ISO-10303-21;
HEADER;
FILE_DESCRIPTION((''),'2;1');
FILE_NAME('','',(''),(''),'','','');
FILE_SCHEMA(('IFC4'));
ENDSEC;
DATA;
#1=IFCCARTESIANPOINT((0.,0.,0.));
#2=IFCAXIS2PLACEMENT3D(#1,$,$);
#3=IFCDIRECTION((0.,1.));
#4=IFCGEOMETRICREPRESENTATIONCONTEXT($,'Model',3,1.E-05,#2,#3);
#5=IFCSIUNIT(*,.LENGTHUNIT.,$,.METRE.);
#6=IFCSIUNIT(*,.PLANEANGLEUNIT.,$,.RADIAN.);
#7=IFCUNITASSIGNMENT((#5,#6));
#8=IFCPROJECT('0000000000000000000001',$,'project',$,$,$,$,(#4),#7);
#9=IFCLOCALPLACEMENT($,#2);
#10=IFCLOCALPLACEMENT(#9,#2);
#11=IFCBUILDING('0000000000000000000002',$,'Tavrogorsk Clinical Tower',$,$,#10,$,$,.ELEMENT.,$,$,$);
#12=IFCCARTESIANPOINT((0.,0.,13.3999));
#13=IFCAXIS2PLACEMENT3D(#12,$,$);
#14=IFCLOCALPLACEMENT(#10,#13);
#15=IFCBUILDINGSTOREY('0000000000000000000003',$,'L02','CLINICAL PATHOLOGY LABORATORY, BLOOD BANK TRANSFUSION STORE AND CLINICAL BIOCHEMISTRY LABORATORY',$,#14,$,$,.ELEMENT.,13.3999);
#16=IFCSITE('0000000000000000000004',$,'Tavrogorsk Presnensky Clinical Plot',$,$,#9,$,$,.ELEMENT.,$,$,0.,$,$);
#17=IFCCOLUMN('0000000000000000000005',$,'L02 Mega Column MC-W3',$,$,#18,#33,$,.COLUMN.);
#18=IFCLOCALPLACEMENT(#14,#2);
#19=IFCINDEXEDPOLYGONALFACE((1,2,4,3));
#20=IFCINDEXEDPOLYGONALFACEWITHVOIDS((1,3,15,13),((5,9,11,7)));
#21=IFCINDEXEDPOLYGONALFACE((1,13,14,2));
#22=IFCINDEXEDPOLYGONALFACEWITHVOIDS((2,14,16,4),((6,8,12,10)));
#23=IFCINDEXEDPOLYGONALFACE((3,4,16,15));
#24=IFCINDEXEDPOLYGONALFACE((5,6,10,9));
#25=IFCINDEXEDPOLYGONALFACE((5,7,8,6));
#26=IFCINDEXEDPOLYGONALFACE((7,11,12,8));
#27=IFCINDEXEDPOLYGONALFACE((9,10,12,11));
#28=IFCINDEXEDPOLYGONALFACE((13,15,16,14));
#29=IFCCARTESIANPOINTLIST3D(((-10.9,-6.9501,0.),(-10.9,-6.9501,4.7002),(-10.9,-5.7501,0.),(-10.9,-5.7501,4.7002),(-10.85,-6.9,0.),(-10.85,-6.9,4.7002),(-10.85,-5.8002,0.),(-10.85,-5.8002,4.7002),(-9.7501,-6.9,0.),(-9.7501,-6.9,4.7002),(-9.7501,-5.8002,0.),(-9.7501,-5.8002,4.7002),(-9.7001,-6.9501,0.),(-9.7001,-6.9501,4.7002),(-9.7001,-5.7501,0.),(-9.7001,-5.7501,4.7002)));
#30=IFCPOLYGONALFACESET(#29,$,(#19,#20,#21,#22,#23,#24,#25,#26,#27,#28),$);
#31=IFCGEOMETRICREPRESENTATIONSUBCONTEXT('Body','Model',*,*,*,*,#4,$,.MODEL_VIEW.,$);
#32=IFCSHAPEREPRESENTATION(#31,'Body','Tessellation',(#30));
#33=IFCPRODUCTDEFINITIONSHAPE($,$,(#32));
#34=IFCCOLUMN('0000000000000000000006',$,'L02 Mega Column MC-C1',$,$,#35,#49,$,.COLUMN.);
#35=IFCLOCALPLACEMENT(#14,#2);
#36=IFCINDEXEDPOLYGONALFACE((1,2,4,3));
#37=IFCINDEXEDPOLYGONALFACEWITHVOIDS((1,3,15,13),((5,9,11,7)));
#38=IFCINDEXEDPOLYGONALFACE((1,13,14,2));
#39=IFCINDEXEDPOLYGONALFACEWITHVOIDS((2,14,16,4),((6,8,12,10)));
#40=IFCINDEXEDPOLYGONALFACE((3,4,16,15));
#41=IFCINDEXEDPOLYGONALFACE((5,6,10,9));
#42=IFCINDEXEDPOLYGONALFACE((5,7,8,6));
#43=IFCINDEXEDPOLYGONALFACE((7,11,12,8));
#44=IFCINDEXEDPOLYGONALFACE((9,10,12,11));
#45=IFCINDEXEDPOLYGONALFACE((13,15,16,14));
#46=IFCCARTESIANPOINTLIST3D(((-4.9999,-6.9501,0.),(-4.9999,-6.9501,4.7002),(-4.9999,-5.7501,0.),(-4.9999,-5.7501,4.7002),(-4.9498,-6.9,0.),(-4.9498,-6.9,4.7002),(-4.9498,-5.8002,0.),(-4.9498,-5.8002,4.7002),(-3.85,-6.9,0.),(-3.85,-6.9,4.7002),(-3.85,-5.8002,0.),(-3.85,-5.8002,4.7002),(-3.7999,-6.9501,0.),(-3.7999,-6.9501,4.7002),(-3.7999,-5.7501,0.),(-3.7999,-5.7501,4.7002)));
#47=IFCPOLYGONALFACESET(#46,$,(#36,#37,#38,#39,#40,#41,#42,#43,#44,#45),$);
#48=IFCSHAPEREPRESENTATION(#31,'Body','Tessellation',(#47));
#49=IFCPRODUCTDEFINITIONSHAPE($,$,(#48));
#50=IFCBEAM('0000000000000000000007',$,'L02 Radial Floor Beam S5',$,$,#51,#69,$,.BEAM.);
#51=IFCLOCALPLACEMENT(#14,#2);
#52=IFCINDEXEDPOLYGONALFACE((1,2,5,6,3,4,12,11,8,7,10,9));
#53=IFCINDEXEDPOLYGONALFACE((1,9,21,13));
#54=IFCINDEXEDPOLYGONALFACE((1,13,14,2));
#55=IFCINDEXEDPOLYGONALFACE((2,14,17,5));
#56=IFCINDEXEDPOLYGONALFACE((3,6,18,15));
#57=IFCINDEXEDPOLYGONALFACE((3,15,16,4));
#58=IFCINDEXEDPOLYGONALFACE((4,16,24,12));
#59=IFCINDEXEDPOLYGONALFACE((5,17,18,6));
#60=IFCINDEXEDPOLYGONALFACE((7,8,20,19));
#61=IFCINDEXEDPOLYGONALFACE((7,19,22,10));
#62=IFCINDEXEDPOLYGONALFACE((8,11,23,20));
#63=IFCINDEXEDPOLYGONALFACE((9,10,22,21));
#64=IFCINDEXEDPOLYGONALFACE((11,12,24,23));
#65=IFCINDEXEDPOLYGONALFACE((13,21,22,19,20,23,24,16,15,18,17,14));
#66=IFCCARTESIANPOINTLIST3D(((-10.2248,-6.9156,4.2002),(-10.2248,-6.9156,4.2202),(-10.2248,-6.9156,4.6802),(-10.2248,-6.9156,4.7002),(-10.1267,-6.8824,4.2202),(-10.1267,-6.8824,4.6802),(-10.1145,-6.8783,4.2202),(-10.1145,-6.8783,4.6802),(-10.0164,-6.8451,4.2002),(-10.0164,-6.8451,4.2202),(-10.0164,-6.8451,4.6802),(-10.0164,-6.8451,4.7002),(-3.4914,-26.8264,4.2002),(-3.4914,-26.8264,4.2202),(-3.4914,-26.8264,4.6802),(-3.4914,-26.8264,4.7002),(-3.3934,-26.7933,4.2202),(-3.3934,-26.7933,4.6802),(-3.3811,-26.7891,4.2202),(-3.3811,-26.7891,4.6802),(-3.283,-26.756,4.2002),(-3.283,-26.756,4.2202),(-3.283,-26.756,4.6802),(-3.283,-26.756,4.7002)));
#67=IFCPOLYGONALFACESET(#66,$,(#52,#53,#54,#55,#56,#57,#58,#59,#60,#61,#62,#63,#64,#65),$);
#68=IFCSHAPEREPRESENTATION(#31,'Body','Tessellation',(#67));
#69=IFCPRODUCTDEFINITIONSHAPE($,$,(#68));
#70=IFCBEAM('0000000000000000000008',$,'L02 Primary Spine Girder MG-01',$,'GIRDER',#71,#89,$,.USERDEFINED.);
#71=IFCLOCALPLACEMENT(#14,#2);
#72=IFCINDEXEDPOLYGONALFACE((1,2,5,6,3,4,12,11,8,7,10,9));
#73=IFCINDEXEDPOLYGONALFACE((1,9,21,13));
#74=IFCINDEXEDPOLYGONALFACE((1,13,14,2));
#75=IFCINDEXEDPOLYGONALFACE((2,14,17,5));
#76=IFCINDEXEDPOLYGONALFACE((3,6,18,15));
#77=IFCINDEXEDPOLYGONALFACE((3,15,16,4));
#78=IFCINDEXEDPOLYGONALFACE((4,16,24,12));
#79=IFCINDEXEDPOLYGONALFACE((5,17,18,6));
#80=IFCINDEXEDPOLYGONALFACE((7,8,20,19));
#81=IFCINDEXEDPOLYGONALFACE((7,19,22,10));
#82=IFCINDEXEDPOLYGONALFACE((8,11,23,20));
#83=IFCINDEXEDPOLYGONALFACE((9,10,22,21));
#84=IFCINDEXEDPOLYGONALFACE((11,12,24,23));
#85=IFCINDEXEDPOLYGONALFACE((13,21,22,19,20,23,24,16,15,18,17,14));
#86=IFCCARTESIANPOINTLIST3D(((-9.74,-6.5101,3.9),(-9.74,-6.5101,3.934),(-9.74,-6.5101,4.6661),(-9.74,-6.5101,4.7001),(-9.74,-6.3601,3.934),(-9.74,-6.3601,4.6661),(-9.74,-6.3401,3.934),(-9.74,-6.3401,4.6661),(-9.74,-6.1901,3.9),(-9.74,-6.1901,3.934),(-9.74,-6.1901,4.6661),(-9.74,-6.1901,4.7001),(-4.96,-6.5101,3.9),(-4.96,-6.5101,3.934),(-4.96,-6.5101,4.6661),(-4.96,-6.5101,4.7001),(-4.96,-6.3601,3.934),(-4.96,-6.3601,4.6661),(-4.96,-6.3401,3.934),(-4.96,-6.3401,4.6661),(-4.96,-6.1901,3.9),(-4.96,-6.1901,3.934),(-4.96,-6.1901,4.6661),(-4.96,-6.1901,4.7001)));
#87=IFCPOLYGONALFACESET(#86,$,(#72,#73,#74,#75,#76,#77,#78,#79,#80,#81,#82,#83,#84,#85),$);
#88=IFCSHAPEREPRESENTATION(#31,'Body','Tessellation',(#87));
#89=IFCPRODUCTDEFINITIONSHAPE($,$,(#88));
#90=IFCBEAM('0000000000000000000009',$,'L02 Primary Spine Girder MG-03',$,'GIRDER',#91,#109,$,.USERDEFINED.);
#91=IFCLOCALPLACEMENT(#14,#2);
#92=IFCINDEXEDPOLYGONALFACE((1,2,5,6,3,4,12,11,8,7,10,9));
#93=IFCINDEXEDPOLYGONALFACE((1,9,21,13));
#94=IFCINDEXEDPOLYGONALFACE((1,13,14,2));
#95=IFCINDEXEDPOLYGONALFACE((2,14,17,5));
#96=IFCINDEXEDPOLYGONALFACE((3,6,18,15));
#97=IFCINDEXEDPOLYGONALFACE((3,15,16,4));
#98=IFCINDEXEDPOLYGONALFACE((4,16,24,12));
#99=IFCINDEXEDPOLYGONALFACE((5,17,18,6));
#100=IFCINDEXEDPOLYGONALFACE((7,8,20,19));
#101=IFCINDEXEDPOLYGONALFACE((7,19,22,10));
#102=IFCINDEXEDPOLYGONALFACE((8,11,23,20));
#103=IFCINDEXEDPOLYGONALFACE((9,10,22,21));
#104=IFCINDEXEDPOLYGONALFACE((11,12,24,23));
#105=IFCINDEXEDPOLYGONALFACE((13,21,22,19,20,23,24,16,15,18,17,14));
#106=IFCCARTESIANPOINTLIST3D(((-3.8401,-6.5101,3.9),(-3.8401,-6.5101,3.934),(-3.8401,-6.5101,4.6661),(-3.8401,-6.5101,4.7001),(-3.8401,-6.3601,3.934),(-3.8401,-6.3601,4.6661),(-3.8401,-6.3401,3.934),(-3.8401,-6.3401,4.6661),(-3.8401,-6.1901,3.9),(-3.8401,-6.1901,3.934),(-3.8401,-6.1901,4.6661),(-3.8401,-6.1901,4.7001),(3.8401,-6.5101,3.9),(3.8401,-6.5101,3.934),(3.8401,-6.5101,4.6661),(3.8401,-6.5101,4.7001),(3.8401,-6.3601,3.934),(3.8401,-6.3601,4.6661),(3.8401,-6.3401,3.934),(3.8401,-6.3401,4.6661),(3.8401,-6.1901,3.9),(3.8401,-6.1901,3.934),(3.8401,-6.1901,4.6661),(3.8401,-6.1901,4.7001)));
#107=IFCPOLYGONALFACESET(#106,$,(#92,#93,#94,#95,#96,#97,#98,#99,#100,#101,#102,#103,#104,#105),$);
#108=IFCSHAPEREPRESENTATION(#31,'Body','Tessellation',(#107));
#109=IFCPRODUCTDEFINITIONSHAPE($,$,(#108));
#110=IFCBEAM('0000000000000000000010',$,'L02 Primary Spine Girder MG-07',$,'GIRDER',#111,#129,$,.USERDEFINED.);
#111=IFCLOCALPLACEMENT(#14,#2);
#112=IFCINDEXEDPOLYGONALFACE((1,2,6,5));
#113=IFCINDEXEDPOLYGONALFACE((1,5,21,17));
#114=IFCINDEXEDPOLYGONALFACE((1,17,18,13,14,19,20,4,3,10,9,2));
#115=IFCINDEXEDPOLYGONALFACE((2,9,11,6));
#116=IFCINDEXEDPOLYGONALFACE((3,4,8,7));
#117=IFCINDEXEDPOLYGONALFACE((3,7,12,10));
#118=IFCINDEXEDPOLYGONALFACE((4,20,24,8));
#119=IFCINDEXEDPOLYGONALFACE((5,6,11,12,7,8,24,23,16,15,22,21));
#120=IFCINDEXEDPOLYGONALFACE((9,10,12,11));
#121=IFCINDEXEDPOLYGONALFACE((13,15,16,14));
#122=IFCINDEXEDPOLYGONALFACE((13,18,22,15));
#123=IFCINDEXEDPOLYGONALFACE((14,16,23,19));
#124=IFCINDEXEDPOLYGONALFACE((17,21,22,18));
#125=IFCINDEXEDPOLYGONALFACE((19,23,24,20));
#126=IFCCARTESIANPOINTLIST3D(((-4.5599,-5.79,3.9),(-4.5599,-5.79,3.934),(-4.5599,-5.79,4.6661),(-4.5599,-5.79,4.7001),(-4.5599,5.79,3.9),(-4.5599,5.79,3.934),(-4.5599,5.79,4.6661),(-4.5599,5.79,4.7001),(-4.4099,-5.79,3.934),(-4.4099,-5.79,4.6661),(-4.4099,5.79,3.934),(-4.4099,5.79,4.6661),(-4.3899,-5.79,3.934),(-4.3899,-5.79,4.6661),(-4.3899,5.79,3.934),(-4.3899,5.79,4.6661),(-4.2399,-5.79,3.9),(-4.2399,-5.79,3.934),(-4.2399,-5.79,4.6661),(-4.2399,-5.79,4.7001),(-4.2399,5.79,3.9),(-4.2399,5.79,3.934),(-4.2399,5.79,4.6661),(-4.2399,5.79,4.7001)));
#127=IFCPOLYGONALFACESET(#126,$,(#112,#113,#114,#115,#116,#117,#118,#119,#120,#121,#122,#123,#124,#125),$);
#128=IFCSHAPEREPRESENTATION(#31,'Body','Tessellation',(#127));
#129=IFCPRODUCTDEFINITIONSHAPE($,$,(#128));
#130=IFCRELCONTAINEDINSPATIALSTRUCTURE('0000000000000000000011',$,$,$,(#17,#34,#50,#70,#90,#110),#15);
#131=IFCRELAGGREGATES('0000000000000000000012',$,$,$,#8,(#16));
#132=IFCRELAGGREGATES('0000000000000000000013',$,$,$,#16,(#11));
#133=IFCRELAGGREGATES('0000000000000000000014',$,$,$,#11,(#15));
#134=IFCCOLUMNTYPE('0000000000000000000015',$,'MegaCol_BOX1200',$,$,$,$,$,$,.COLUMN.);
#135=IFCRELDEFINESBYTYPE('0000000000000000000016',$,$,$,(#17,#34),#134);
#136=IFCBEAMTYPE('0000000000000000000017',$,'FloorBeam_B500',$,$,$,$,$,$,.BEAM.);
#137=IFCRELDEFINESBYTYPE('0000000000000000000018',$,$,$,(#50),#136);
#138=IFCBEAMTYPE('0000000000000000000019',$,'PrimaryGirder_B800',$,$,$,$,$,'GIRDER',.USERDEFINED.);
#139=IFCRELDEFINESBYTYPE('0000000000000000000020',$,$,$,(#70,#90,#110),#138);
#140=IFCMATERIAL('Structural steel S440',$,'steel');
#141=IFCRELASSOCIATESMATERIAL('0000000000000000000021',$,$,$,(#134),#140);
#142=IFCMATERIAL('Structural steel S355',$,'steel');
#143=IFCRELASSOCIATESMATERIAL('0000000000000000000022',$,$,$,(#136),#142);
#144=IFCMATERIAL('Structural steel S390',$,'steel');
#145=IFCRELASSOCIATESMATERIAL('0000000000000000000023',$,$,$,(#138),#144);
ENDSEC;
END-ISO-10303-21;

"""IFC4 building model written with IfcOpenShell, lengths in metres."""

from ifc_helpers import new_model, si_unit, direction, frame, origin, origin_2d, place, context, subcontext, project, spatial, hollow_rectangle, i_section, extrude, material, material_profile, profile_set, type_object, element, save


model = new_model("IFC4")

# Units and contexts
model_context = context("Model", 3, precision=1e-05, world=origin(), true_north=direction((0.0, 1.0)))
body_context = subcontext(model_context, "Body", "Model", "MODEL_VIEW")
ifc_project = project(units=[si_unit("LENGTHUNIT", "METRE"), si_unit("PLANEANGLEUNIT", "RADIAN")], contexts=[model_context])

# Site, building, storey
site_placement = place(None, origin())
site = spatial("IfcSite", under=ifc_project, at=site_placement, Name="Tavrogorsk Presnensky Clinical Plot", CompositionType="ELEMENT", RefElevation=0.0)
building_placement = place(site_placement, origin())
building = spatial("IfcBuilding", under=site, at=building_placement, Name="Tavrogorsk Clinical Tower", CompositionType="ELEMENT")
storey_placement = place(building_placement, frame((0.0, 0.0, 13.3999)))
storey = spatial("IfcBuildingStorey", under=building, at=storey_placement, Name="L02", Description="CLINICAL PATHOLOGY LABORATORY, BLOOD BANK TRANSFUSION STORE AND CLINICAL BIOCHEMISTRY LABORATORY", CompositionType="ELEMENT", Elevation=13.3999)

# Columns
ifc_material_1 = material(Name="Structural steel S440", Category="steel")
ifc_material_profile_1 = material_profile(ifc_material_1, hollow_rectangle(XDim=1.2, YDim=1.2, WallThickness=0.05, at=origin_2d()), Name="BOX-1200x1200x50")
ifc_profile_set_1 = profile_set([ifc_material_profile_1], Name="Structural steel S440")
column_type = type_object("IfcColumnType", Name="MegaCol_BOX1200", PredefinedType="COLUMN", material=ifc_profile_set_1)
for number, where, z_axis, x_axis, name in (
    (1, (-10.3, -6.3501, 0.0), (0.0, 0.0, 1.0), (1.0, 0.0, 0.0), "L02 Mega Column MC-W3"),
    (2, (-4.3999, -6.3501, 0.0), (0.0, 0.0, 1.0), (1.0, 0.0, 0.0), "L02 Mega Column MC-C1"),
):
    element("IfcColumn", number, at=place(storey_placement, frame(where, z_axis=z_axis, x_axis=x_axis)), inside=storey, type_object=column_type, Name=name, PredefinedType="COLUMN", context=body_context, shape_type="SweptSolid", body=[
        extrude(hollow_rectangle(XDim=1.2, YDim=1.2, WallThickness=0.05, at=origin_2d()), origin(), (0.0, 0.0, 1.0), 4.7002),
    ])

# Beams
ifc_material_2 = material(Name="Structural steel S355", Category="steel")
ifc_material_profile_2 = material_profile(ifc_material_2, i_section(OverallWidth=0.22, OverallDepth=0.5, WebThickness=0.0129, FlangeThickness=0.02, at=origin_2d()), Name="B-500x220x13x20")
ifc_profile_set_2 = profile_set([ifc_material_profile_2], Name="Structural steel S355")
beam_type_1 = type_object("IfcBeamType", Name="FloorBeam_B500", PredefinedType="BEAM", material=ifc_profile_set_2)
beam_1_placement = place(storey_placement, frame((-10.1206, -6.8804, 4.4502), z_axis=(0.320354, -0.947298, 0.0), x_axis=(0.947298, 0.320354, 0.0)))
element("IfcBeam", 3, at=beam_1_placement, inside=storey, type_object=beam_type_1, Name="L02 Radial Floor Beam S5", PredefinedType="BEAM", context=body_context, shape_type="SweptSolid", body=[
    extrude(i_section(OverallWidth=0.22, OverallDepth=0.5, WebThickness=0.0129, FlangeThickness=0.02, at=origin_2d()), origin(), (0.0, 0.0, 1.0), 21.0186),
])
ifc_material_3 = material(Name="Structural steel S390", Category="steel")
ifc_material_profile_3 = material_profile(ifc_material_3, i_section(OverallWidth=0.3201, OverallDepth=0.8, WebThickness=0.02, FlangeThickness=0.0339, at=origin_2d()), Name="B-800x320x20x34")
ifc_profile_set_3 = profile_set([ifc_material_profile_3], Name="Structural steel S390")
beam_type_2 = type_object("IfcBeamType", Name="PrimaryGirder_B800", ElementType="GIRDER", PredefinedType="USERDEFINED", material=ifc_profile_set_3)
beam_2_placement = place(storey_placement, frame((-9.74, -6.3501, 4.3), z_axis=(1.0, 0.0, 0.0), x_axis=(0.0, 1.0, 0.0)))
element("IfcBeam", 4, at=beam_2_placement, inside=storey, type_object=beam_type_2, Name="L02 Primary Spine Girder MG-01", ObjectType="GIRDER", PredefinedType="USERDEFINED", context=body_context, shape_type="SweptSolid", body=[
    extrude(i_section(OverallWidth=0.3201, OverallDepth=0.8, WebThickness=0.02, FlangeThickness=0.0339, at=origin_2d()), origin(), (0.0, 0.0, 1.0), 4.78),
])
beam_3_placement = place(storey_placement, frame((-3.8401, -6.3501, 4.3), z_axis=(1.0, 0.0, 0.0), x_axis=(0.0, 1.0, 0.0)))
element("IfcBeam", 5, at=beam_3_placement, inside=storey, type_object=beam_type_2, Name="L02 Primary Spine Girder MG-03", ObjectType="GIRDER", PredefinedType="USERDEFINED", context=body_context, shape_type="SweptSolid", body=[
    extrude(i_section(OverallWidth=0.3201, OverallDepth=0.8, WebThickness=0.02, FlangeThickness=0.0339, at=origin_2d()), origin(), (0.0, 0.0, 1.0), 7.6802),
])
beam_4_placement = place(storey_placement, frame((-4.3999, -5.79, 4.3), z_axis=(0.0, 1.0, 0.0), x_axis=(-1.0, 0.0, 0.0)))
element("IfcBeam", 6, at=beam_4_placement, inside=storey, type_object=beam_type_2, Name="L02 Primary Spine Girder MG-07", ObjectType="GIRDER", PredefinedType="USERDEFINED", context=body_context, shape_type="SweptSolid", body=[
    extrude(i_section(OverallWidth=0.3201, OverallDepth=0.8, WebThickness=0.02, FlangeThickness=0.0339, at=origin_2d()), origin(), (0.0, 0.0, 1.0), 11.5801),
])

save(model, "model.ifc")
